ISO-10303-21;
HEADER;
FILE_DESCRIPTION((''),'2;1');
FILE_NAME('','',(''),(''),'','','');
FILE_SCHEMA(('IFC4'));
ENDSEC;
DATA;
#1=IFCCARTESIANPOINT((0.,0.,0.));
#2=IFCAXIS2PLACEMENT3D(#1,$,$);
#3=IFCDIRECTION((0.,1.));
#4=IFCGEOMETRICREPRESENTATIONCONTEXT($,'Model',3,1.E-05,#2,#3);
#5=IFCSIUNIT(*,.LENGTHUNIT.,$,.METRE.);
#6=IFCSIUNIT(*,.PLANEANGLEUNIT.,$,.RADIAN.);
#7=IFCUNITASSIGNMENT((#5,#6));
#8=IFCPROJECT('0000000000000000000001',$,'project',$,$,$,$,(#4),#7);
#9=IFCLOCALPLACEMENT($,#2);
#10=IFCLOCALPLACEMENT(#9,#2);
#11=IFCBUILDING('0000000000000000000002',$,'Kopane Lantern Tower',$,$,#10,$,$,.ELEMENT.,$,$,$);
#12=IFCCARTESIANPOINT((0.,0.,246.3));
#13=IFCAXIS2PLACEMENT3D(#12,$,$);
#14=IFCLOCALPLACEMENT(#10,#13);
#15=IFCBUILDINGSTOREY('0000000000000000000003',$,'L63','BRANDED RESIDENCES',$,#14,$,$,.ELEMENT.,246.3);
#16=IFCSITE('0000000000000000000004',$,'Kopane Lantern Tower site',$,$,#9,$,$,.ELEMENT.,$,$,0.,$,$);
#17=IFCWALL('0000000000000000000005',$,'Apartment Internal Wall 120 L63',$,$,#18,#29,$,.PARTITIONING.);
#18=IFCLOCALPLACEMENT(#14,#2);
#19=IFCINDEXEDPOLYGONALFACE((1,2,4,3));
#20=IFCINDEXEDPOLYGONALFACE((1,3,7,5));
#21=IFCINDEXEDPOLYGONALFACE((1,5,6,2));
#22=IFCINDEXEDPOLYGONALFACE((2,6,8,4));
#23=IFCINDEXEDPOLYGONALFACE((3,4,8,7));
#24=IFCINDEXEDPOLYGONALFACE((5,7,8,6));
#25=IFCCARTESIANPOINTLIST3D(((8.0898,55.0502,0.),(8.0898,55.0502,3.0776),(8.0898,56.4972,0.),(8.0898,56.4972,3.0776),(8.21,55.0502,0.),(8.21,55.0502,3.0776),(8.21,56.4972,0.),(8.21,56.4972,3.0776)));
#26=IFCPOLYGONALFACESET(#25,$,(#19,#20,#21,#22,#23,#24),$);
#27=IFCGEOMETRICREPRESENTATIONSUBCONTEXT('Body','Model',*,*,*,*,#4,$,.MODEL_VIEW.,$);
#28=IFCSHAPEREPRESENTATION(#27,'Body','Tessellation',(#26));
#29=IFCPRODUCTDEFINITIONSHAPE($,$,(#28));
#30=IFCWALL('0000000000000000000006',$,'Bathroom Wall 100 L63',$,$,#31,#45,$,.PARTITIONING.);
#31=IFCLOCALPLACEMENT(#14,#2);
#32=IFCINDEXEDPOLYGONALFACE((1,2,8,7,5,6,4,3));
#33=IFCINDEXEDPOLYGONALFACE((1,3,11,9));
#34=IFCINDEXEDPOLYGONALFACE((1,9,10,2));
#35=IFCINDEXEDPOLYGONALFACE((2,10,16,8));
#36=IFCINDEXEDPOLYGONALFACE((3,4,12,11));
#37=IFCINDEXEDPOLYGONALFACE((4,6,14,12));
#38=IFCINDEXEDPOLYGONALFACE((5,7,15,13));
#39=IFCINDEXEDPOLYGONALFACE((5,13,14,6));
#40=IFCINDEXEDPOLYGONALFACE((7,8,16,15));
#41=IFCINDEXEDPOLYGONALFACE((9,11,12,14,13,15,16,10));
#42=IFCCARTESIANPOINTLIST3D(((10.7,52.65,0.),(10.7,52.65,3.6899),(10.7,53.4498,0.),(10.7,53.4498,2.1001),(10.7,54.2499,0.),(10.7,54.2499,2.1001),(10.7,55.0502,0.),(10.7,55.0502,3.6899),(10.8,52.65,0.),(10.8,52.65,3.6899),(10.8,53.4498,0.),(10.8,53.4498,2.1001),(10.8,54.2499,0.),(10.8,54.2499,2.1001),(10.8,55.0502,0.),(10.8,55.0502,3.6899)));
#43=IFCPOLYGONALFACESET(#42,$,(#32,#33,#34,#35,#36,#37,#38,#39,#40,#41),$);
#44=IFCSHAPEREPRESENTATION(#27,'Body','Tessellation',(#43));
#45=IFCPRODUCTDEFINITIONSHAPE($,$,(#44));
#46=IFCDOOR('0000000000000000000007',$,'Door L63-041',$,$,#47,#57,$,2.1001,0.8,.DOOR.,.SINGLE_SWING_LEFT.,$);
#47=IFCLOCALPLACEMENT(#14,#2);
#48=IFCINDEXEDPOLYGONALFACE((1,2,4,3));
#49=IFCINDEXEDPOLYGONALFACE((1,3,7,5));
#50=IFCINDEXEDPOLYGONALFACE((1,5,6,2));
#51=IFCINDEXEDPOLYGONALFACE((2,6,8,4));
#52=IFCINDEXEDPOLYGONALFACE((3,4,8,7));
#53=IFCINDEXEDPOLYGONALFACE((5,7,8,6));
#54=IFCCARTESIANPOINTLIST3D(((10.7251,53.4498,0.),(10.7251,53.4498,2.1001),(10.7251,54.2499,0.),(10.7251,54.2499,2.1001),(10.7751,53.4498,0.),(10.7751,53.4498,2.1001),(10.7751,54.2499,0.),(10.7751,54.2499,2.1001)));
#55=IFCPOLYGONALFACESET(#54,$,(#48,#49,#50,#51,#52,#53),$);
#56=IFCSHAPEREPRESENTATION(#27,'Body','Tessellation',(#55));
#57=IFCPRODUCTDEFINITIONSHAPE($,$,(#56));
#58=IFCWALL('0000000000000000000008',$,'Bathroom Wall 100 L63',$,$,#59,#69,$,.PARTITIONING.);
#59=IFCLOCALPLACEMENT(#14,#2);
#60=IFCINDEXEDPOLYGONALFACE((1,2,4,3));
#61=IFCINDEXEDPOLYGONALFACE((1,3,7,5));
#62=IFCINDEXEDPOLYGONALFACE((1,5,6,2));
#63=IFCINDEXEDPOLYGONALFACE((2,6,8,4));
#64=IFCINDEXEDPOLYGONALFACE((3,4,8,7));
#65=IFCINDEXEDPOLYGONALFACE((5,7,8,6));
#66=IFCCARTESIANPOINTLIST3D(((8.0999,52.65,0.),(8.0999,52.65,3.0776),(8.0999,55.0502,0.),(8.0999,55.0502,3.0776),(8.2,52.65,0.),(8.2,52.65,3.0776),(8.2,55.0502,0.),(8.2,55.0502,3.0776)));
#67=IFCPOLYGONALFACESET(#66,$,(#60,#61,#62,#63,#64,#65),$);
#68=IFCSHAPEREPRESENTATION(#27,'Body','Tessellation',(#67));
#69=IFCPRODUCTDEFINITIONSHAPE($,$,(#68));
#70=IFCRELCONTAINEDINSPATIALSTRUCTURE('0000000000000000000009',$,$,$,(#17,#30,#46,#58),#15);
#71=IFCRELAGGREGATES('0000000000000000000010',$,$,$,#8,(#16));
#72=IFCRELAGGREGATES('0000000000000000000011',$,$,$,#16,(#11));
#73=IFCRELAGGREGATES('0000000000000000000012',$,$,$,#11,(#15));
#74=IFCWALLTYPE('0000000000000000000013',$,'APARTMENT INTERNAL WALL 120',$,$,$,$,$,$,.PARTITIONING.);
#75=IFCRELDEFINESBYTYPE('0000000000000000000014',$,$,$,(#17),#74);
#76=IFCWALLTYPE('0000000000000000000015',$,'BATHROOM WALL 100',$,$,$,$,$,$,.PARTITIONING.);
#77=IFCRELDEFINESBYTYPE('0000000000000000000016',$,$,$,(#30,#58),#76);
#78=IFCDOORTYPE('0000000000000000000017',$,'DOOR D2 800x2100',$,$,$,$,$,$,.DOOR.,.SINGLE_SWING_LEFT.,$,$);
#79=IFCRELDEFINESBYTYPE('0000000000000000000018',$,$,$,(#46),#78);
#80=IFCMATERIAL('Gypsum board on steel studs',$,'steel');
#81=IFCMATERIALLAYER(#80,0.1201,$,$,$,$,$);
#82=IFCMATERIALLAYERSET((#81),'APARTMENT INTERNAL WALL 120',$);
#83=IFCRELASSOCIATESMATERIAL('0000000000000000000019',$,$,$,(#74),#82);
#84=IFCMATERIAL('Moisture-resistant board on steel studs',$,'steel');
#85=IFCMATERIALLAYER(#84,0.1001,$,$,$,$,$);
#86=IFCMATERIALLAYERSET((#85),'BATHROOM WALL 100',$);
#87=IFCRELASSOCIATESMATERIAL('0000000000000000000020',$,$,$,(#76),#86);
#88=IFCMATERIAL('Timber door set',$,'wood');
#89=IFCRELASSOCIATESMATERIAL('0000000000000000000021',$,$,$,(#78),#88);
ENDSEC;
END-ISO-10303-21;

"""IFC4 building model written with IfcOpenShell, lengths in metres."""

from ifc_helpers import new_model, si_unit, direction, frame, frame_2d, origin, place, context, subcontext, project, spatial, rectangle, extrude, material, layer, layer_set, type_object, element, fill, save


model = new_model("IFC4")

# Units and contexts
model_context = context("Model", 3, precision=1e-05, world=origin(), true_north=direction((0.0, 1.0)))
body_context = subcontext(model_context, "Body", "Model", "MODEL_VIEW")
ifc_project = project(units=[si_unit("LENGTHUNIT", "METRE"), si_unit("PLANEANGLEUNIT", "RADIAN")], contexts=[model_context])

# Site, building, storey
site_placement = place(None, origin())
site = spatial("IfcSite", under=ifc_project, at=site_placement, Name="Kopane Lantern Tower site", CompositionType="ELEMENT", RefElevation=0.0)
building_placement = place(site_placement, origin())
building = spatial("IfcBuilding", under=site, at=building_placement, Name="Kopane Lantern Tower", CompositionType="ELEMENT")
storey_placement = place(building_placement, frame((0.0, 0.0, 246.3)))
storey = spatial("IfcBuildingStorey", under=building, at=storey_placement, Name="L63", Description="BRANDED RESIDENCES", CompositionType="ELEMENT", Elevation=246.3)

# Shared definitions
ifc_material_1 = material(Name="Gypsum board on steel studs", Category="steel")
ifc_layer_1 = layer(ifc_material_1, 0.1201)
ifc_layer_set_1 = layer_set([ifc_layer_1], Name="APARTMENT INTERNAL WALL 120")
wall_type_1 = type_object("IfcWallType", Name="APARTMENT INTERNAL WALL 120", PredefinedType="PARTITIONING", material=ifc_layer_set_1)

# Wall
wall_1_placement = place(storey_placement, frame((8.1499, 55.05, 0.0), z_axis=(0.0, 0.0, 1.0), x_axis=(0.0, 1.0, 0.0)))
element("IfcWall", 1, at=wall_1_placement, inside=storey, type_object=wall_type_1, Name="Apartment Internal Wall 120 L63", PredefinedType="PARTITIONING", context=body_context, shape_type="SweptSolid", body=[
    extrude(rectangle(XDim=1.447, YDim=0.1201, at=frame_2d((0.7236, 0.0))), origin(), (0.0, 0.0, 1.0), 3.0776),
])

# Wall, opening, door
ifc_material_2 = material(Name="Moisture-resistant board on steel studs", Category="steel")
ifc_layer_2 = layer(ifc_material_2, 0.1001)
ifc_layer_set_2 = layer_set([ifc_layer_2], Name="BATHROOM WALL 100")
wall_type_2 = type_object("IfcWallType", Name="BATHROOM WALL 100", PredefinedType="PARTITIONING", material=ifc_layer_set_2)
wall_2_placement = place(storey_placement, frame((10.75, 52.6499, 0.0), z_axis=(0.0, 0.0, 1.0), x_axis=(0.0, 1.0, 0.0)))
wall_2 = element("IfcWall", 2, at=wall_2_placement, inside=storey, type_object=wall_type_2, Name="Bathroom Wall 100 L63", PredefinedType="PARTITIONING", context=body_context, shape_type="SweptSolid", body=[
    extrude(rectangle(XDim=2.4001, YDim=0.1001, at=frame_2d((1.2002, 0.0))), origin(), (0.0, 0.0, 1.0), 3.6899),
])
opening_1_placement = place(wall_2_placement, frame((0.8, 0.0, 0.0)))
opening_1 = element("IfcOpeningElement", 3, at=opening_1_placement, cuts=wall_2, PredefinedType="OPENING", context=body_context, shape_type="SweptSolid", body=[
    extrude(rectangle(XDim=0.8, YDim=2.1001, at=frame_2d((0.3999, 1.05))), frame((0.0, 0.0601, 0.0), z_axis=(0.0, -1.0, 0.0), x_axis=(1.0, 0.0, 0.0)), (0.0, 0.0, 1.0), 0.1201),
])
ifc_material_3 = material(Name="Timber door set", Category="wood")
door_type_1 = type_object("IfcDoorType", Name="DOOR D2 800x2100", OperationType="SINGLE_SWING_LEFT", PredefinedType="DOOR", material=ifc_material_3)
door_1_placement = place(opening_1_placement, origin())
door_1 = element("IfcDoor", 4, at=door_1_placement, inside=storey, type_object=door_type_1, Name="Door L63-041", OperationType="SINGLE_SWING_LEFT", OverallHeight=2.1001, OverallWidth=0.8, PredefinedType="DOOR", context=body_context, shape_type="SweptSolid", body=[
    extrude(rectangle(XDim=0.8, YDim=2.1001, at=frame_2d((0.3999, 1.05))), frame((0.0, 0.0249, 0.0), z_axis=(0.0, -1.0, 0.0), x_axis=(1.0, 0.0, 0.0)), (0.0, 0.0, 1.0), 0.05),
])
fill(opening_1, door_1)

# Wall
wall_3_placement = place(storey_placement, frame((8.1499, 52.6499, 0.0), z_axis=(0.0, 0.0, 1.0), x_axis=(0.0, 1.0, 0.0)))
element("IfcWall", 5, at=wall_3_placement, inside=storey, type_object=wall_type_2, Name="Bathroom Wall 100 L63", PredefinedType="PARTITIONING", context=body_context, shape_type="SweptSolid", body=[
    extrude(rectangle(XDim=2.4001, YDim=0.1001, at=frame_2d((1.2002, 0.0))), origin(), (0.0, 0.0, 1.0), 3.0776),
])

save(model, "model.ifc")
